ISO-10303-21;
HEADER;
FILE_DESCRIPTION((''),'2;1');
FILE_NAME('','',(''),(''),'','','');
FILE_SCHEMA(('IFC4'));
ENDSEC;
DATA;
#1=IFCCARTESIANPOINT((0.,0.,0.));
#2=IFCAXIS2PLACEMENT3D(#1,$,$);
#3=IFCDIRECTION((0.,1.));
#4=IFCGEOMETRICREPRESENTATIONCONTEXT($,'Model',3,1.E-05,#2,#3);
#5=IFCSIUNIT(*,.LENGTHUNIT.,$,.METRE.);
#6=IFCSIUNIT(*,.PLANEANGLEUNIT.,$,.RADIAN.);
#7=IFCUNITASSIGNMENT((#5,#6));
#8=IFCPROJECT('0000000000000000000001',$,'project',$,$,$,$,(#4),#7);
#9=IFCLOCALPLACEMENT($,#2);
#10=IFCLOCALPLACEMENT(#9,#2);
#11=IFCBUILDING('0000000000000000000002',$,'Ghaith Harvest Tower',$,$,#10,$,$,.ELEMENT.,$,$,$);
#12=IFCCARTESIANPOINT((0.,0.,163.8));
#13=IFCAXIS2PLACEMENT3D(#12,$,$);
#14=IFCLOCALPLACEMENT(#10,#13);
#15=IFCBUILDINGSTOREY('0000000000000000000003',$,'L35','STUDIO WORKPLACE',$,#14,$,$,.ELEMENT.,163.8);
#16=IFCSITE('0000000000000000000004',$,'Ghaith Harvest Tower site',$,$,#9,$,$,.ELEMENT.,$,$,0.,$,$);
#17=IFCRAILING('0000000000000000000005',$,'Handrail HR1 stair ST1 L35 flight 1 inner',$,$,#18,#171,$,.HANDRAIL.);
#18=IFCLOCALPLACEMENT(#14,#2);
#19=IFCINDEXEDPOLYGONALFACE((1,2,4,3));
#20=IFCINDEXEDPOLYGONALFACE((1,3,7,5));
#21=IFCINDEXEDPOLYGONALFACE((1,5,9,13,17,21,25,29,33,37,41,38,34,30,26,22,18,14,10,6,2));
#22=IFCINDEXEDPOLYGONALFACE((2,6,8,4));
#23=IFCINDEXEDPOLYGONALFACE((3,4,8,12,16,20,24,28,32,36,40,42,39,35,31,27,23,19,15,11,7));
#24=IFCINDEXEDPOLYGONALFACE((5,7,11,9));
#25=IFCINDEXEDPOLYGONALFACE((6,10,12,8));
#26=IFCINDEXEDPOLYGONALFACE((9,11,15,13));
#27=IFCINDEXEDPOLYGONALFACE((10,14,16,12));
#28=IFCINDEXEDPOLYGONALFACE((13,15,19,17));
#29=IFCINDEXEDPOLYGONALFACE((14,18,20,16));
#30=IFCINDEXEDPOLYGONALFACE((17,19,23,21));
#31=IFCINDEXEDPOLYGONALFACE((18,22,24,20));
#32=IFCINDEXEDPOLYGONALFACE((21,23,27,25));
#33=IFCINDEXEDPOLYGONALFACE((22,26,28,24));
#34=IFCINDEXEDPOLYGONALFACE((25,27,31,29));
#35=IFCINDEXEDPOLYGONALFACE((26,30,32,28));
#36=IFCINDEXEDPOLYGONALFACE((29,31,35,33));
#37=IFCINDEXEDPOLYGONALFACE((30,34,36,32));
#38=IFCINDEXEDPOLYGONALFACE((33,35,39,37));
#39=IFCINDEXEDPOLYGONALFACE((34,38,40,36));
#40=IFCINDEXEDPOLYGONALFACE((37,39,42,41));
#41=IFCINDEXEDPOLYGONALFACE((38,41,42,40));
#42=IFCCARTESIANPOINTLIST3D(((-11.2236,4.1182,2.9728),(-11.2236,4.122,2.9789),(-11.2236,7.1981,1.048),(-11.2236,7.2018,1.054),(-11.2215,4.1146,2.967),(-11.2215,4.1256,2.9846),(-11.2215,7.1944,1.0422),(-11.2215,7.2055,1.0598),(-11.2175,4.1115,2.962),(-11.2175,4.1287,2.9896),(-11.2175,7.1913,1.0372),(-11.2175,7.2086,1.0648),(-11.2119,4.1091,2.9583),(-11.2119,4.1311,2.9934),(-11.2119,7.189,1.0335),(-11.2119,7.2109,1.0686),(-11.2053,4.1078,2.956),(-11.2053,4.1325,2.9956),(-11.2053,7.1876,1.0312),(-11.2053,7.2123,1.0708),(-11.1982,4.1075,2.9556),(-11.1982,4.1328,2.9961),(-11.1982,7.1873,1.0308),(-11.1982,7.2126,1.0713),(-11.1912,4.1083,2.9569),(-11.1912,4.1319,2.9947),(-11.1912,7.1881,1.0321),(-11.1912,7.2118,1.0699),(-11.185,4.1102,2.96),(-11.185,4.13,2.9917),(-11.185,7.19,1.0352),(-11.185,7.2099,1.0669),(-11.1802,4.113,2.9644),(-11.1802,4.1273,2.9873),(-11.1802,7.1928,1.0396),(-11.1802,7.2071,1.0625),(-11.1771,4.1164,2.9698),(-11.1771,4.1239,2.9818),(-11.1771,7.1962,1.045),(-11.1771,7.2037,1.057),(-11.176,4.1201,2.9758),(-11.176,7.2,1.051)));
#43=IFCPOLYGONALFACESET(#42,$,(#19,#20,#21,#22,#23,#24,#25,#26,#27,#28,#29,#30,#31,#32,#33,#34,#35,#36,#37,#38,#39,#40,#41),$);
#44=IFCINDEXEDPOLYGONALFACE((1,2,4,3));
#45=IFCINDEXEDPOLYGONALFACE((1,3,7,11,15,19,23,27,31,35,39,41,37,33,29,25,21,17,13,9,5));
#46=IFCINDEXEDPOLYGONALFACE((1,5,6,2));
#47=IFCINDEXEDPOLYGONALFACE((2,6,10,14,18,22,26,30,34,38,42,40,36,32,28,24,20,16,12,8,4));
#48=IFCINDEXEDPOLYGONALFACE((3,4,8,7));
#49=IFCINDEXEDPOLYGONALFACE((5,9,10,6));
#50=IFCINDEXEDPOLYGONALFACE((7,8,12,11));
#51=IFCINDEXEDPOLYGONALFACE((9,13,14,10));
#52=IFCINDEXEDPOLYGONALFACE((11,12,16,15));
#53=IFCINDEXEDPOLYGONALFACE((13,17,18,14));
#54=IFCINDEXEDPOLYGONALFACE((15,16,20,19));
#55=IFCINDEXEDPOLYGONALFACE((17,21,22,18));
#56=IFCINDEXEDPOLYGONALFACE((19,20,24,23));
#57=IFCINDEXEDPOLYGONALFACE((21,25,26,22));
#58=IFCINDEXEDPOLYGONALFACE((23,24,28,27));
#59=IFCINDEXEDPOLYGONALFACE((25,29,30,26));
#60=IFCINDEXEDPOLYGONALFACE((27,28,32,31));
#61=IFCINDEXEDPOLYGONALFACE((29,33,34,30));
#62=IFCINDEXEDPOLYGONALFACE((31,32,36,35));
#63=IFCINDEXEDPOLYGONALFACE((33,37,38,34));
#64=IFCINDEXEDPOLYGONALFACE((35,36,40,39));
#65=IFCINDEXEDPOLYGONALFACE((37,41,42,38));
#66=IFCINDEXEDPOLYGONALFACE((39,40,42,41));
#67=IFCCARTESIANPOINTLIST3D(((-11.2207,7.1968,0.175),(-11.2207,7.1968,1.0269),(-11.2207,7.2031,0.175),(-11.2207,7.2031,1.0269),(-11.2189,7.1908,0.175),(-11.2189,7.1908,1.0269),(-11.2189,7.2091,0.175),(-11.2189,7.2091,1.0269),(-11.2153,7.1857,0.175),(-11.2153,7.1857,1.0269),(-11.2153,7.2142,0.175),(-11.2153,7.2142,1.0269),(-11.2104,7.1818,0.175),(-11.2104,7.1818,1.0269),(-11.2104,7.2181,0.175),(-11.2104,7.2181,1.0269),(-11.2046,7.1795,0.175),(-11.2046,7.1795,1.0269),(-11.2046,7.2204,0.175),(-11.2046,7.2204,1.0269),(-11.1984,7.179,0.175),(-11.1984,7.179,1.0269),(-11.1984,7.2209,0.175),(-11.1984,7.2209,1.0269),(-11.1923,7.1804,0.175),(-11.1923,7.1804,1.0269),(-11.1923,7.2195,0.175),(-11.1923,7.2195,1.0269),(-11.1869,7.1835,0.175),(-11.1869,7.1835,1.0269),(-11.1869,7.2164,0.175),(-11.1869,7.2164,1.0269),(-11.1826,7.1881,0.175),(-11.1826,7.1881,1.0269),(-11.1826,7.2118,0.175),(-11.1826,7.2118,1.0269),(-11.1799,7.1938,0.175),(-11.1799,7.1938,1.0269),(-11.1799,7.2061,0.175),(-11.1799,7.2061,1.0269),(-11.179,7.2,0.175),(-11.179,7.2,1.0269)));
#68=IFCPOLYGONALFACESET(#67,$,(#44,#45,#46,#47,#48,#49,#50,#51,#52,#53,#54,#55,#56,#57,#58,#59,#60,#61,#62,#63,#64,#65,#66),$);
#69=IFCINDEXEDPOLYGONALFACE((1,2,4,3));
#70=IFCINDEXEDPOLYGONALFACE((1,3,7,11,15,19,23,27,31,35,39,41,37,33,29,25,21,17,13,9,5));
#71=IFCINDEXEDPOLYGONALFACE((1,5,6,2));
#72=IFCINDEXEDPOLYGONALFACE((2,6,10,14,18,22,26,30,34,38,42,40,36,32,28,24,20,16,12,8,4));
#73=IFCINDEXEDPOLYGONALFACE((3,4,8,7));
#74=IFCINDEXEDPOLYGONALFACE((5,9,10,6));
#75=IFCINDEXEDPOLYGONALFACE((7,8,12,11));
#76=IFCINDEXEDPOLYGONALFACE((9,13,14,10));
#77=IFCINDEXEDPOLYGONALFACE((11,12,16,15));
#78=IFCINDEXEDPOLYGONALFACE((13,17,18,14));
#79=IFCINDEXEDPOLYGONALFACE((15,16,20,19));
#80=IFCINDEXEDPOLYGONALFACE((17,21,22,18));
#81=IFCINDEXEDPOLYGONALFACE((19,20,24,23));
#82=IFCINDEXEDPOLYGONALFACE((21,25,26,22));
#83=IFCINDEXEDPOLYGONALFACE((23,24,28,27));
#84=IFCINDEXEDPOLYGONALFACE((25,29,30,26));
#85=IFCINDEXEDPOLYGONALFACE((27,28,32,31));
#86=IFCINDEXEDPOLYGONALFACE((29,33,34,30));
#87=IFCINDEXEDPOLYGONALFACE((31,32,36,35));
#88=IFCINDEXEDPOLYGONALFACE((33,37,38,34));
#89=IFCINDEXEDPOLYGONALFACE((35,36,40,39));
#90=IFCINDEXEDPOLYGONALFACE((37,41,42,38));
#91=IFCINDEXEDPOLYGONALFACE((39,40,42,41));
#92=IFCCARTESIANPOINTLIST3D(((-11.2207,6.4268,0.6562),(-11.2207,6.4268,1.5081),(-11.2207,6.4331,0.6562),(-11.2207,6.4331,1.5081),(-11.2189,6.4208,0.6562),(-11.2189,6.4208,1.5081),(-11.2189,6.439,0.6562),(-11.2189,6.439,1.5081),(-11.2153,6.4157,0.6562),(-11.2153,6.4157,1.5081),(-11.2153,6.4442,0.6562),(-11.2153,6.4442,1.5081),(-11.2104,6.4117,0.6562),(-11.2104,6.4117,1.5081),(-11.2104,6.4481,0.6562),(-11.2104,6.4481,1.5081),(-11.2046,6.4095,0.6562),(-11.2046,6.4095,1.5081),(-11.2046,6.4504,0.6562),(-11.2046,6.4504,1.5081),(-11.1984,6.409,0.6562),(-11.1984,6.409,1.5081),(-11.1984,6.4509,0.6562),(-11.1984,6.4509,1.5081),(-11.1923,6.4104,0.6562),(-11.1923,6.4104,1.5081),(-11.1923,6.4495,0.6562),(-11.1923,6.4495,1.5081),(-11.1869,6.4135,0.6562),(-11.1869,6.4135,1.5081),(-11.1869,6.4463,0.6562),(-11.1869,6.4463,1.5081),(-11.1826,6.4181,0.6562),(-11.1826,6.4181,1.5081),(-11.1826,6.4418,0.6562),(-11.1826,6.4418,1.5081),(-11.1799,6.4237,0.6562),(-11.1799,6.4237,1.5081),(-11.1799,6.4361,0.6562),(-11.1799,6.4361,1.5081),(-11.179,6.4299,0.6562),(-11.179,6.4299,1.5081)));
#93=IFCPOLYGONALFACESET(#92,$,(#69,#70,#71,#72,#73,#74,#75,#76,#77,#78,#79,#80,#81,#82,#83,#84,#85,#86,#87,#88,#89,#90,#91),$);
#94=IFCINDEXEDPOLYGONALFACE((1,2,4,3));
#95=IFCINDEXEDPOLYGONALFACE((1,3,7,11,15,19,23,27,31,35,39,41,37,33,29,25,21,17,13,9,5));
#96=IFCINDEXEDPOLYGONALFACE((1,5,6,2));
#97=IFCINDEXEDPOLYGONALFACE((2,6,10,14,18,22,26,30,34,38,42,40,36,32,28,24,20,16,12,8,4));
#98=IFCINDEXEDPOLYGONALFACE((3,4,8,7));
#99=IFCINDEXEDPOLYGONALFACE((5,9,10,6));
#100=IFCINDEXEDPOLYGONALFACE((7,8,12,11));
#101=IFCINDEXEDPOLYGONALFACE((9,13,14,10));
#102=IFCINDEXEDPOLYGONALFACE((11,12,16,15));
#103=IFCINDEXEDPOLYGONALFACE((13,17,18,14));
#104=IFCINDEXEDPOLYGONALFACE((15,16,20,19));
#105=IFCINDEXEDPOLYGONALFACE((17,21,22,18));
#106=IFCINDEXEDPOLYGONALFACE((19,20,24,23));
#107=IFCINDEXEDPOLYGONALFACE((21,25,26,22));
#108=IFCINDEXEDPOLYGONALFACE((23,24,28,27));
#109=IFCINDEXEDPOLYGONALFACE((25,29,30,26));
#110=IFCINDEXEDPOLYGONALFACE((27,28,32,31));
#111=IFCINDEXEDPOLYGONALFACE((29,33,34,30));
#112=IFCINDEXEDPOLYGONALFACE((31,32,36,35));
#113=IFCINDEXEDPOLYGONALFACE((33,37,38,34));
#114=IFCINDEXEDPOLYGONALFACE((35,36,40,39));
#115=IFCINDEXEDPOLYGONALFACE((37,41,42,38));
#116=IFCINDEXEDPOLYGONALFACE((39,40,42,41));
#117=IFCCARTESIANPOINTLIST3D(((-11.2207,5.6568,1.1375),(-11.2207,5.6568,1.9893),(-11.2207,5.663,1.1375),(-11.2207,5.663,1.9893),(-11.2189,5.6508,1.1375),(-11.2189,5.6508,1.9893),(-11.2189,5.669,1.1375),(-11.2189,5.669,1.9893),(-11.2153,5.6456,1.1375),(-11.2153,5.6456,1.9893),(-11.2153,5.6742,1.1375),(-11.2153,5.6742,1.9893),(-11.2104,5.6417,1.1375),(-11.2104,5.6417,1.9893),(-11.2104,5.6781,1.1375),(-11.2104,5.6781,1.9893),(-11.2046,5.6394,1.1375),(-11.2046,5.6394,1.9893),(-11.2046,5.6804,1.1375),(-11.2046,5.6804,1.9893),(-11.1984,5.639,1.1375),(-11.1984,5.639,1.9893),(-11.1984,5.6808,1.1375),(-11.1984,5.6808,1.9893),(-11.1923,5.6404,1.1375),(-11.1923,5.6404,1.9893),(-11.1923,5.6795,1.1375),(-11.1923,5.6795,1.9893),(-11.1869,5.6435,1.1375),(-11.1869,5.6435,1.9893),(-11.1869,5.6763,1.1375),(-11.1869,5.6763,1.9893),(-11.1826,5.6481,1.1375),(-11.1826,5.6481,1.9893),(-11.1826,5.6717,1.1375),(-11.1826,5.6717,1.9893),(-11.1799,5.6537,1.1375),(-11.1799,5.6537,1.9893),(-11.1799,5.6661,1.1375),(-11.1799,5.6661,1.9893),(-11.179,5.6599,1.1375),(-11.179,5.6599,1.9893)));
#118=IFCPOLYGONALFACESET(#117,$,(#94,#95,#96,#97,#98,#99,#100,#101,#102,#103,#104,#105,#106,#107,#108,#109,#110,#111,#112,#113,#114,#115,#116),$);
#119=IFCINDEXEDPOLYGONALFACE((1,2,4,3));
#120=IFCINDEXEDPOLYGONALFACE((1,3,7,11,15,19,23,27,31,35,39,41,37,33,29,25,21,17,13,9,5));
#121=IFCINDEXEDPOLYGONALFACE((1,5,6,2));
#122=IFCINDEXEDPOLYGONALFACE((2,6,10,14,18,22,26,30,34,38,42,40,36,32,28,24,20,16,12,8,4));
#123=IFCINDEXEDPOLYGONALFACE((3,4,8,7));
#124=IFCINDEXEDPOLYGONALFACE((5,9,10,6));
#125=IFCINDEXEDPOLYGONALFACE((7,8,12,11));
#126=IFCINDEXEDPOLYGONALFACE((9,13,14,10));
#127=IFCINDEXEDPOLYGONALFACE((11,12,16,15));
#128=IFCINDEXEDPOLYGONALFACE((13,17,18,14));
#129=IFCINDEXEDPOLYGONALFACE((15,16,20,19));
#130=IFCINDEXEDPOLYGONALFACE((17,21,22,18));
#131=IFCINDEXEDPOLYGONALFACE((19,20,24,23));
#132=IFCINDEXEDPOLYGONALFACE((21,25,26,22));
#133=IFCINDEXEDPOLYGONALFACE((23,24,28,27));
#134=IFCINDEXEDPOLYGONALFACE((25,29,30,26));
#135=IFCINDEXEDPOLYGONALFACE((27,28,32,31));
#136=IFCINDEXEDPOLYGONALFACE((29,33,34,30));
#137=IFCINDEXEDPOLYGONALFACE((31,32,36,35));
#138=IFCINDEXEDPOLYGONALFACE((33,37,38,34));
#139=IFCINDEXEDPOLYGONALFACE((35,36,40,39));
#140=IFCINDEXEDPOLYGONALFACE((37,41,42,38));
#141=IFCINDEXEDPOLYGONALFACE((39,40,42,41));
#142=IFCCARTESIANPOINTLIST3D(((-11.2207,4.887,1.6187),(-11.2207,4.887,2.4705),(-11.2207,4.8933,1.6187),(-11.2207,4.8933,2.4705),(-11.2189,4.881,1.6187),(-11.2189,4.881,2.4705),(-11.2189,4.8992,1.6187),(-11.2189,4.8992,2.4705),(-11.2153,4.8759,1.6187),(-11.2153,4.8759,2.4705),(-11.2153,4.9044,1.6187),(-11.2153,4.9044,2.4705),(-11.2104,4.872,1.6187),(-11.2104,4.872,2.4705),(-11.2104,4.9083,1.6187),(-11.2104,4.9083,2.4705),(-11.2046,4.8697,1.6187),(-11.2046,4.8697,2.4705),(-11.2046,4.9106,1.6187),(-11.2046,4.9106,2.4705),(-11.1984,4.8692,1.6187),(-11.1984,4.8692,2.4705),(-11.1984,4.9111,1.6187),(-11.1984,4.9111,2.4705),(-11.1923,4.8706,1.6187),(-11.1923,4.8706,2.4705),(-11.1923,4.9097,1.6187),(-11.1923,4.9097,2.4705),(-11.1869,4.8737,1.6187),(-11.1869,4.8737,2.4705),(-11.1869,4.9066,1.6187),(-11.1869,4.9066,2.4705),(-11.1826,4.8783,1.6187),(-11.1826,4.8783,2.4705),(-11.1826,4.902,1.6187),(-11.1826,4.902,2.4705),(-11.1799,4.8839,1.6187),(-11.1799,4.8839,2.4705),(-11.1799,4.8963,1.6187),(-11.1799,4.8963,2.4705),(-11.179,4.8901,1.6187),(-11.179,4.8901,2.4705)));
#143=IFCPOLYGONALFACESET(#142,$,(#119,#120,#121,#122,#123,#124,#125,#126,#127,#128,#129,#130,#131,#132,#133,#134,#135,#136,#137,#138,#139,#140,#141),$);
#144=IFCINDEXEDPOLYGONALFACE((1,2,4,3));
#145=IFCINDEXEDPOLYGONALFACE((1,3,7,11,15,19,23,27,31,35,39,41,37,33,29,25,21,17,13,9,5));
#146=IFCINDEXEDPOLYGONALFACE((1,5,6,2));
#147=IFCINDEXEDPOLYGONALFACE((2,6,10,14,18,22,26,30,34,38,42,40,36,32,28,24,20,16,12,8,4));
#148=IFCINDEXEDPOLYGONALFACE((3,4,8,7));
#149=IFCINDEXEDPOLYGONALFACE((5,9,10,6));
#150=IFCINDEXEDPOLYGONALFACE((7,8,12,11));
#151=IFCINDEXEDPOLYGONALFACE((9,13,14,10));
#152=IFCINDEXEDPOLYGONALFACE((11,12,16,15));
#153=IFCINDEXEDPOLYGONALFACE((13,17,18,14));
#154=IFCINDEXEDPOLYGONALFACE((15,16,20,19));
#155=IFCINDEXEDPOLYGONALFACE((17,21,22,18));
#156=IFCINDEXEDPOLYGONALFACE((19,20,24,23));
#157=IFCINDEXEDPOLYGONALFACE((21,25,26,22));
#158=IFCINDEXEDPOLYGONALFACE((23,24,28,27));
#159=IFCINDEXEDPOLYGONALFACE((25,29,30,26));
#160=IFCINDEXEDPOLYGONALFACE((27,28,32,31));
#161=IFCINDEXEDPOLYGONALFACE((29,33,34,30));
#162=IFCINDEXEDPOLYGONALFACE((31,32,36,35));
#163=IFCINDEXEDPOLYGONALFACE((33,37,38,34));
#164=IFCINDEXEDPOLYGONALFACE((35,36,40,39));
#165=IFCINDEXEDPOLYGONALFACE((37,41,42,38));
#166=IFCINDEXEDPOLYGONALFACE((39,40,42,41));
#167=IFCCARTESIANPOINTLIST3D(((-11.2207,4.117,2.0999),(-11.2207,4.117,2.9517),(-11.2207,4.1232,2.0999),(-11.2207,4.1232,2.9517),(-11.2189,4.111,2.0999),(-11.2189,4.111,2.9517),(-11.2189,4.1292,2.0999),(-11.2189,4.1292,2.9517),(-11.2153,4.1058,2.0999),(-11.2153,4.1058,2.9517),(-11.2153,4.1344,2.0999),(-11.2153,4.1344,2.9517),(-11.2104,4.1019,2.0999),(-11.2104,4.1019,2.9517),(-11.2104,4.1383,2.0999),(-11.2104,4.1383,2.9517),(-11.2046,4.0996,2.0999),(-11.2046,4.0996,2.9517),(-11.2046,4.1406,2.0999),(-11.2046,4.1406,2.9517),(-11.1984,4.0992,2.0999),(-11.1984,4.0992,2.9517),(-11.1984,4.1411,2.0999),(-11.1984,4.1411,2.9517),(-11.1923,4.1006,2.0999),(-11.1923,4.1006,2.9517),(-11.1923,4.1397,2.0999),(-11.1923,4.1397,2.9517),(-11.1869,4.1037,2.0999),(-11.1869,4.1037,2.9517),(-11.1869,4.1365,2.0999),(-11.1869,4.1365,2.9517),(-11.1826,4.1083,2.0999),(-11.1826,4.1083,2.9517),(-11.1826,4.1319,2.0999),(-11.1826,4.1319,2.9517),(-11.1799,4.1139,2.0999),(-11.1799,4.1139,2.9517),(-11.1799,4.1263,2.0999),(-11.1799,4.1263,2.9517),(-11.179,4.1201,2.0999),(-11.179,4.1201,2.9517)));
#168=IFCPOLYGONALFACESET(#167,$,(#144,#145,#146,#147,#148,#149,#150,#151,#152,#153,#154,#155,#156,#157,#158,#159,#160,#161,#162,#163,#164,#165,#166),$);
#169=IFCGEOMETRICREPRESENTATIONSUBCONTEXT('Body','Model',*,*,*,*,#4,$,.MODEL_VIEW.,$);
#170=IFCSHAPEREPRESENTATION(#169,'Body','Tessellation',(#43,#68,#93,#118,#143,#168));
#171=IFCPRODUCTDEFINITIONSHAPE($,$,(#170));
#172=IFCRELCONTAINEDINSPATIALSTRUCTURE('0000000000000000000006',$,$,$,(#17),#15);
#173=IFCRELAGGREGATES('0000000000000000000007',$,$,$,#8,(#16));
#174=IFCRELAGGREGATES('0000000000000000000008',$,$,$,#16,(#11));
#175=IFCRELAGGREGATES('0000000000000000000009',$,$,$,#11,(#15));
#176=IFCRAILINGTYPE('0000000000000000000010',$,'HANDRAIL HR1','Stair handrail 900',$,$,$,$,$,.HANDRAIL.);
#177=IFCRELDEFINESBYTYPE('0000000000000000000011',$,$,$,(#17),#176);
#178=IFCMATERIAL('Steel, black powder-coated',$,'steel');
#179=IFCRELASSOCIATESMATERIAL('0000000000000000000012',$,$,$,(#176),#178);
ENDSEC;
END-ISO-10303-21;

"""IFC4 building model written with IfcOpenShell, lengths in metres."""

from ifc_helpers import new_model, si_unit, direction, frame, origin, origin_2d, place, context, subcontext, project, spatial, circle, extrude, material, type_object, element, save


model = new_model("IFC4")

# Units and contexts
model_context = context("Model", 3, precision=1e-05, world=origin(), true_north=direction((0.0, 1.0)))
body_context = subcontext(model_context, "Body", "Model", "MODEL_VIEW")
ifc_project = project(units=[si_unit("LENGTHUNIT", "METRE"), si_unit("PLANEANGLEUNIT", "RADIAN")], contexts=[model_context])

# Site, building, storey
site_placement = place(None, origin())
site = spatial("IfcSite", under=ifc_project, at=site_placement, Name="Ghaith Harvest Tower site", CompositionType="ELEMENT", RefElevation=0.0)
building_placement = place(site_placement, origin())
building = spatial("IfcBuilding", under=site, at=building_placement, Name="Ghaith Harvest Tower", CompositionType="ELEMENT")
storey_placement = place(building_placement, frame((0.0, 0.0, 163.8)))
storey = spatial("IfcBuildingStorey", under=building, at=storey_placement, Name="L35", Description="STUDIO WORKPLACE", CompositionType="ELEMENT", Elevation=163.8)

# Railing
ifc_material_1 = material(Name="Steel, black powder-coated", Category="steel")
railing_type = type_object("IfcRailingType", Name="HANDRAIL HR1", Description="Stair handrail 900", PredefinedType="HANDRAIL", material=ifc_material_1)
railing_1_placement = place(storey_placement, frame((-11.2, 7.2, 0.175)))
element("IfcRailing", 1, at=railing_1_placement, inside=storey, type_object=railing_type, Name="Handrail HR1 stair ST1 L35 flight 1 inner", PredefinedType="HANDRAIL", context=body_context, shape_type="SweptSolid", body=[
    extrude(circle(Radius=0.0239, at=origin_2d()), frame((0.0, 0.0, 0.876), z_axis=(0.0, -0.84801, 0.529981), x_axis=(1.0, 0.0, 0.0)), (0.0, 0.0, 1.0), 3.6318),
    extrude(circle(Radius=0.021, at=origin_2d()), origin(), (0.0, 0.0, 1.0), 0.8518),
    extrude(circle(Radius=0.021, at=origin_2d()), frame((0.0, -0.77, 0.4812)), (0.0, 0.0, 1.0), 0.8518),
    extrude(circle(Radius=0.021, at=origin_2d()), frame((0.0, -1.54, 0.9624)), (0.0, 0.0, 1.0), 0.8518),
    extrude(circle(Radius=0.021, at=origin_2d()), frame((0.0, -2.3098, 1.4436)), (0.0, 0.0, 1.0), 0.8518),
    extrude(circle(Radius=0.021, at=origin_2d()), frame((0.0, -3.0798, 1.9248)), (0.0, 0.0, 1.0), 0.8518),
])

save(model, "model.ifc")
